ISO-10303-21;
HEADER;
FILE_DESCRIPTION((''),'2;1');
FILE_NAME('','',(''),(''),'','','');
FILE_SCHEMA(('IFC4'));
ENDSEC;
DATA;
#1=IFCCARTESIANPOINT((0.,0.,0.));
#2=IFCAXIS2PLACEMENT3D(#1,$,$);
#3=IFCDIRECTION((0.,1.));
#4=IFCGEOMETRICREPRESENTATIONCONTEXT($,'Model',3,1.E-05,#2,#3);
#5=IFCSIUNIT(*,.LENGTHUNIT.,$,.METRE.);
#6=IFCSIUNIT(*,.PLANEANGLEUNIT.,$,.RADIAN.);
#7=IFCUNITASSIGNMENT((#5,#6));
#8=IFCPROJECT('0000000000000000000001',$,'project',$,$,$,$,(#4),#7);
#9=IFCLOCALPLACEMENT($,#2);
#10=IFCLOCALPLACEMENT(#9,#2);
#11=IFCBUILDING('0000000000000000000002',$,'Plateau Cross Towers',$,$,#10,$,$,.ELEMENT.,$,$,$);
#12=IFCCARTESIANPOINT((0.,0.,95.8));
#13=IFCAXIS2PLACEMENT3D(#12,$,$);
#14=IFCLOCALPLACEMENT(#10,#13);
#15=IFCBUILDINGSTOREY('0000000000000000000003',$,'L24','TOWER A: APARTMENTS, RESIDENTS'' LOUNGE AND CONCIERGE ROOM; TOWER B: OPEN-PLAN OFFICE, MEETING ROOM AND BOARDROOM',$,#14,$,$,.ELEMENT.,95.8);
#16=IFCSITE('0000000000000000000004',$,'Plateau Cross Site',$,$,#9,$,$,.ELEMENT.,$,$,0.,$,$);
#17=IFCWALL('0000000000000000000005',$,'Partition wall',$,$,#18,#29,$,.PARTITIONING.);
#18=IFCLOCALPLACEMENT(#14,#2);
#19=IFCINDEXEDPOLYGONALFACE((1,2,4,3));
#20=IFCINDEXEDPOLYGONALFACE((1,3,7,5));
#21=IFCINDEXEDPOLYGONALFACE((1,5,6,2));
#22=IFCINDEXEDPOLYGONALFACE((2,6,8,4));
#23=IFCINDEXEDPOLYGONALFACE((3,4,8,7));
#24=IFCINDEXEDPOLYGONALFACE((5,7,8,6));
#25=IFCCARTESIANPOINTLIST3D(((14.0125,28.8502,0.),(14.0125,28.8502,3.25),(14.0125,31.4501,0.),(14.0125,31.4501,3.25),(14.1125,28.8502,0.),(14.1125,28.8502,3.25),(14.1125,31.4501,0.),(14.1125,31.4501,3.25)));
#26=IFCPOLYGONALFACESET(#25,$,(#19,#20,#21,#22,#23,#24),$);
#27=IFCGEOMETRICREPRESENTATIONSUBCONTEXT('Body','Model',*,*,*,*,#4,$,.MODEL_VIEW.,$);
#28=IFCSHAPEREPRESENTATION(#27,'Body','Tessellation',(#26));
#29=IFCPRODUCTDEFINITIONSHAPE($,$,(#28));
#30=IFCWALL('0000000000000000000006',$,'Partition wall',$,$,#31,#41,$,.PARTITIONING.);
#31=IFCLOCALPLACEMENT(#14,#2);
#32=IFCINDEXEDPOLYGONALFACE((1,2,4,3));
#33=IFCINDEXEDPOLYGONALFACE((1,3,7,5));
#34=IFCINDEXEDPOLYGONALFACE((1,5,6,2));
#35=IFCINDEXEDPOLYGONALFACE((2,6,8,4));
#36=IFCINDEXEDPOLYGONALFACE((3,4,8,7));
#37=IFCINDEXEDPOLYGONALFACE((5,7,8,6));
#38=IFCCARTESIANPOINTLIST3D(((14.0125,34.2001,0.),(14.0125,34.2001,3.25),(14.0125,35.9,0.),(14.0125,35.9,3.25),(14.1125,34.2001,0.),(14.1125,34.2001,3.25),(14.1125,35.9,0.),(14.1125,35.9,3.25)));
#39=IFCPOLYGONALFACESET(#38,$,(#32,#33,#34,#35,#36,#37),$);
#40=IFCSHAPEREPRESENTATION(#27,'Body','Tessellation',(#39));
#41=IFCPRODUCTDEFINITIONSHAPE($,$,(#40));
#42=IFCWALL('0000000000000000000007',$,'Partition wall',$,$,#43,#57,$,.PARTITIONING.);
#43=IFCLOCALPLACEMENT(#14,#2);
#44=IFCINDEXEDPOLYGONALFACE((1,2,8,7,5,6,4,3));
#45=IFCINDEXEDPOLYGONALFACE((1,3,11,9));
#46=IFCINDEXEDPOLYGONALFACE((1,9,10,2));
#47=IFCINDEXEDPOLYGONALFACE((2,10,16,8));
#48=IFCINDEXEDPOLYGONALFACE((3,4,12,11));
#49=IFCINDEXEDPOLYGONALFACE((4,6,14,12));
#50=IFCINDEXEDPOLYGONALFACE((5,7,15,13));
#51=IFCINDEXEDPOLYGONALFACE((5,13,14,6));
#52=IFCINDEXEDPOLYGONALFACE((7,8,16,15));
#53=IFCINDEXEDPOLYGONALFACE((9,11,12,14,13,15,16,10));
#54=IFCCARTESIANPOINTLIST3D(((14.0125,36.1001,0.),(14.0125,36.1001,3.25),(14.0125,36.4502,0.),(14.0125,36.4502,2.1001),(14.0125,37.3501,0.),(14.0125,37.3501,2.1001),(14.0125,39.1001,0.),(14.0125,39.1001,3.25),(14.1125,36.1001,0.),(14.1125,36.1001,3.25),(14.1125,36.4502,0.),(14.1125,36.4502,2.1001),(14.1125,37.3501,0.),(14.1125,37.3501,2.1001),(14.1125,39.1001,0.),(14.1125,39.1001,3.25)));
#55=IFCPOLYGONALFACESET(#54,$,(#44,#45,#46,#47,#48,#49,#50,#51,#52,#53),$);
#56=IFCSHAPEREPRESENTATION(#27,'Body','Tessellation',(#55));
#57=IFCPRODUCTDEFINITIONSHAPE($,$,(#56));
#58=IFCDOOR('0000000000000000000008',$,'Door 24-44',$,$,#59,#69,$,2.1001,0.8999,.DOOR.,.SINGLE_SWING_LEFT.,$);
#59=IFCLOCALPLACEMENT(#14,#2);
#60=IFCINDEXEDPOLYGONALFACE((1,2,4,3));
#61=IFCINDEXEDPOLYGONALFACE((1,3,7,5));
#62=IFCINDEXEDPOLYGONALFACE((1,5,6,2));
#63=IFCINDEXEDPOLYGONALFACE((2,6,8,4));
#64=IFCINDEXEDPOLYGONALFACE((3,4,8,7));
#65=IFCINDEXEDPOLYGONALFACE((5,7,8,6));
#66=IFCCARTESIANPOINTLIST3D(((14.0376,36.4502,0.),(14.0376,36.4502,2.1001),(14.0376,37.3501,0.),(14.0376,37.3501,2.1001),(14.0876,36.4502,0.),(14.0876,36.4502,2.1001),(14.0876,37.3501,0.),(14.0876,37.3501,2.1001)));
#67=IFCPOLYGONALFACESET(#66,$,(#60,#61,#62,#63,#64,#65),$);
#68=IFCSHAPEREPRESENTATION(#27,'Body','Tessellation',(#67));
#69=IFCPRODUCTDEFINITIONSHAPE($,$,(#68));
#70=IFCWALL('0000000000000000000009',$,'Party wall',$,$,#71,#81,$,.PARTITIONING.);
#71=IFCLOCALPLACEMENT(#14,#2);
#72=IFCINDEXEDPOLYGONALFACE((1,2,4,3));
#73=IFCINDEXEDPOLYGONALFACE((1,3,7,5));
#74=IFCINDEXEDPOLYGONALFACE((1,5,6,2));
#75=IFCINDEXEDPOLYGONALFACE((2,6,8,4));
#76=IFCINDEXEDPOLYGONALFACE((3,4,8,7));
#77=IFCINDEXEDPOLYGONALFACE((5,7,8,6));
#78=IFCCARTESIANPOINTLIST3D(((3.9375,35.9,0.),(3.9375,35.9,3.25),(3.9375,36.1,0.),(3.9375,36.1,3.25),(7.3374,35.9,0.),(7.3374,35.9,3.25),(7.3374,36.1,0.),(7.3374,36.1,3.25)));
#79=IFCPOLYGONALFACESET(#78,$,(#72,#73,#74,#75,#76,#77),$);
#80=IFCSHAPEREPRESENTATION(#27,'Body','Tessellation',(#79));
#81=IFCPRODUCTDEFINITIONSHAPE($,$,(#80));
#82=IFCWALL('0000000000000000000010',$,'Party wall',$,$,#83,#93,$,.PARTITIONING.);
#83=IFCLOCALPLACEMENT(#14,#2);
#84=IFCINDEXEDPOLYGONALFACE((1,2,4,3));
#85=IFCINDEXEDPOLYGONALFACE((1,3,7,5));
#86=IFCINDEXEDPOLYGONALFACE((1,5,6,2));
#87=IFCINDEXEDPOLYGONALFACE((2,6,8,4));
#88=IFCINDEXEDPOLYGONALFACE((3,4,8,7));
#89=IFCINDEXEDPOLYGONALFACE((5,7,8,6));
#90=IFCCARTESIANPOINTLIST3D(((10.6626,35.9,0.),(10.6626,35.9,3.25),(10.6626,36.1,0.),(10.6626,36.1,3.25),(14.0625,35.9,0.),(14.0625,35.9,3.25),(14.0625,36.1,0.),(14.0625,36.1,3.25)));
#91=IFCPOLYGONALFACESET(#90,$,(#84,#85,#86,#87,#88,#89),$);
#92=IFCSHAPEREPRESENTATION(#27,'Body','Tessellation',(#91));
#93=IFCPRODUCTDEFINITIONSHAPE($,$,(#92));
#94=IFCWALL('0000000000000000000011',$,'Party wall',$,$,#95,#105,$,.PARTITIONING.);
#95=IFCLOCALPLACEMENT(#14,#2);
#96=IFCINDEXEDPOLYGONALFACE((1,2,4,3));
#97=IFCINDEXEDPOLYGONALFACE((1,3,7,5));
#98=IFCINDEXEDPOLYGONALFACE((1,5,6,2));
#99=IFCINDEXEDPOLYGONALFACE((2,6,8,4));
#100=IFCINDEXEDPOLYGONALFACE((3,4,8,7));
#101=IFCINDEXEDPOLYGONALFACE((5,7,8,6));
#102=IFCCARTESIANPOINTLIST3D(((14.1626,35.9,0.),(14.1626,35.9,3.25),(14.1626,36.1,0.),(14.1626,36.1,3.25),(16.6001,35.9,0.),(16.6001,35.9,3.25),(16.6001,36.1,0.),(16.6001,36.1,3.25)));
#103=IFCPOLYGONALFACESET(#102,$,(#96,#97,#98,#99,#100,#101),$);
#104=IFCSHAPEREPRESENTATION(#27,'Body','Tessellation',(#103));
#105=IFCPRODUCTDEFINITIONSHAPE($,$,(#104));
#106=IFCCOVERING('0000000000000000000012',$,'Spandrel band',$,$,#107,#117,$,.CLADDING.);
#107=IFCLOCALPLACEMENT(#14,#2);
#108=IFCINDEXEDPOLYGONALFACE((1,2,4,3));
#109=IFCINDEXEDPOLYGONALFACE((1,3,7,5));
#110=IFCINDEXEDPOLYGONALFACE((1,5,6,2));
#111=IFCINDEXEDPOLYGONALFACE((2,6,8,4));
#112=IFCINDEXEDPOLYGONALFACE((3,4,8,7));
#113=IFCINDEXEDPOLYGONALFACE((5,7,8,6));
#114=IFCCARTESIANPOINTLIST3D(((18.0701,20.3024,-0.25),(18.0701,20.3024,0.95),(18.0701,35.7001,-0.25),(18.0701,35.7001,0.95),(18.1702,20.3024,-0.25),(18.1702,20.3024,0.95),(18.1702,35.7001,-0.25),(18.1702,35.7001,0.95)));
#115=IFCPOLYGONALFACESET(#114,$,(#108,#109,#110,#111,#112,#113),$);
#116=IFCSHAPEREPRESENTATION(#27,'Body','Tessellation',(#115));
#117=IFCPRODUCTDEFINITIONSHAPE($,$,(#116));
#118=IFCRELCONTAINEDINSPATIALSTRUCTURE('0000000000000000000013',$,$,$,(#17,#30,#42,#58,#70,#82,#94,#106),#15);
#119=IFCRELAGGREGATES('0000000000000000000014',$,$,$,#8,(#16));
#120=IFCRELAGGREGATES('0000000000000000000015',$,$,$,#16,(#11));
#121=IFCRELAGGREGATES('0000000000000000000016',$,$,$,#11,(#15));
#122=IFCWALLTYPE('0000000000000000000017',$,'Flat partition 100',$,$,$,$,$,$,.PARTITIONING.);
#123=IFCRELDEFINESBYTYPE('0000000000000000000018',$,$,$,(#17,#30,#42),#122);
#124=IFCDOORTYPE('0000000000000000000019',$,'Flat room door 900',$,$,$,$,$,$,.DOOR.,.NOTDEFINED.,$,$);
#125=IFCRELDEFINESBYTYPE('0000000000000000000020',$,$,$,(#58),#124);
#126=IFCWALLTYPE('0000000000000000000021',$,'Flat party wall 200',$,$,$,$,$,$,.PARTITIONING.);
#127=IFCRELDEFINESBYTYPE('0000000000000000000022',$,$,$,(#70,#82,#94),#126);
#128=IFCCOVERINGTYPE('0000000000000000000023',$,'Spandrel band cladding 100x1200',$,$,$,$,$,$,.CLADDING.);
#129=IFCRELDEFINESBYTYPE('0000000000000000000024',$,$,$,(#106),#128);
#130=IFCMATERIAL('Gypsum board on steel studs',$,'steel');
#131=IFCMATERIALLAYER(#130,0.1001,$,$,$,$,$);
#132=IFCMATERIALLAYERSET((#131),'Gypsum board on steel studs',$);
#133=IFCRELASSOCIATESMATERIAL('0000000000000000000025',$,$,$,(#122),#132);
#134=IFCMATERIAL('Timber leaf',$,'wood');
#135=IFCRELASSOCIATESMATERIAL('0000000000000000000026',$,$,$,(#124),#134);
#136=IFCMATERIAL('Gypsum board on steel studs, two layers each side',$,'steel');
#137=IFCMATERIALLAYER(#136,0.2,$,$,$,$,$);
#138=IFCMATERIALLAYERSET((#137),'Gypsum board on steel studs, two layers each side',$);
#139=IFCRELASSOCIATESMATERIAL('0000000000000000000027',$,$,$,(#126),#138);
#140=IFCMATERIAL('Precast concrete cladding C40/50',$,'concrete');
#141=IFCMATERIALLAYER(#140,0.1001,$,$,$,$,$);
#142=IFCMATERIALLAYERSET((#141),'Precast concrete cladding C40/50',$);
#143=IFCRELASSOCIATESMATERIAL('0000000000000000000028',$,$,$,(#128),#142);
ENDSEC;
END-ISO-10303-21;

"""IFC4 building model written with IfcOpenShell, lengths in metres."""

from ifc_helpers import new_model, si_unit, direction, frame, frame_2d, origin, origin_2d, place, context, subcontext, project, spatial, rectangle, extrude, material, layer, layer_set, type_object, element, fill, save


model = new_model("IFC4")

# Units and contexts
model_context = context("Model", 3, precision=1e-05, world=origin(), true_north=direction((0.0, 1.0)))
body_context = subcontext(model_context, "Body", "Model", "MODEL_VIEW")
ifc_project = project(units=[si_unit("LENGTHUNIT", "METRE"), si_unit("PLANEANGLEUNIT", "RADIAN")], contexts=[model_context])

# Site, building, storey
site_placement = place(None, origin())
site = spatial("IfcSite", under=ifc_project, at=site_placement, Name="Plateau Cross Site", CompositionType="ELEMENT", RefElevation=0.0)
building_placement = place(site_placement, origin())
building = spatial("IfcBuilding", under=site, at=building_placement, Name="Plateau Cross Towers", CompositionType="ELEMENT")
storey_placement = place(building_placement, frame((0.0, 0.0, 95.8)))
storey = spatial("IfcBuildingStorey", under=building, at=storey_placement, Name="L24", Description="TOWER A: APARTMENTS, RESIDENTS' LOUNGE AND CONCIERGE ROOM; TOWER B: OPEN-PLAN OFFICE, MEETING ROOM AND BOARDROOM", CompositionType="ELEMENT", Elevation=95.8)

# Shared definitions
ifc_material_1 = material(Name="Gypsum board on steel studs", Category="steel")
ifc_layer_1 = layer(ifc_material_1, 0.1001)
ifc_layer_set_1 = layer_set([ifc_layer_1], Name="Gypsum board on steel studs")
wall_type_1 = type_object("IfcWallType", Name="Flat partition 100", PredefinedType="PARTITIONING", material=ifc_layer_set_1)
ifc_material_2 = material(Name="Timber leaf", Category="wood")
door_type_1 = type_object("IfcDoorType", Name="Flat room door 900", OperationType="NOTDEFINED", PredefinedType="DOOR", material=ifc_material_2)

# Walls
wall_1_placement = place(storey_placement, frame((14.0625, 31.45, 0.0), z_axis=(0.0, 0.0, 1.0), x_axis=(0.0, -1.0, 0.0)))
element("IfcWall", 1, at=wall_1_placement, inside=storey, type_object=wall_type_1, Name="Partition wall", PredefinedType="PARTITIONING", context=body_context, shape_type="SweptSolid", body=[
    extrude(rectangle(XDim=2.5999, YDim=0.1001, at=frame_2d((1.2998, 0.0))), origin(), (0.0, 0.0, 1.0), 3.25),
])
wall_2_placement = place(storey_placement, frame((14.0625, 34.2, 0.0), z_axis=(0.0, 0.0, 1.0), x_axis=(0.0, 1.0, 0.0)))
element("IfcWall", 2, at=wall_2_placement, inside=storey, type_object=wall_type_1, Name="Partition wall", PredefinedType="PARTITIONING", context=body_context, shape_type="SweptSolid", body=[
    extrude(rectangle(XDim=1.7, YDim=0.1001, at=frame_2d((0.8501, 0.0))), origin(), (0.0, 0.0, 1.0), 3.25),
])

# Wall, opening, door
wall_3_placement = place(storey_placement, frame((14.0625, 36.1001, 0.0), z_axis=(0.0, 0.0, 1.0), x_axis=(0.0, 1.0, 0.0)))
wall_3 = element("IfcWall", 3, at=wall_3_placement, inside=storey, type_object=wall_type_1, Name="Partition wall", PredefinedType="PARTITIONING", context=body_context, shape_type="SweptSolid", body=[
    extrude(rectangle(XDim=3.0, YDim=0.1001, at=frame_2d((1.5, 0.0))), origin(), (0.0, 0.0, 1.0), 3.25),
])
opening_1_placement = place(wall_3_placement, frame((0.3501, 0.0, 0.0)))
opening_1 = element("IfcOpeningElement", 4, at=opening_1_placement, cuts=wall_3, PredefinedType="OPENING", context=body_context, shape_type="SweptSolid", body=[
    extrude(rectangle(XDim=0.8999, YDim=2.1001, at=frame_2d((0.45, 1.05))), frame((0.0, 0.0601, 0.0), z_axis=(0.0, -1.0, 0.0), x_axis=(1.0, 0.0, 0.0)), (0.0, 0.0, 1.0), 0.1201),
])
door_1_placement = place(opening_1_placement, origin())
door_1 = element("IfcDoor", 5, at=door_1_placement, inside=storey, type_object=door_type_1, Name="Door 24-44", OperationType="SINGLE_SWING_LEFT", OverallHeight=2.1001, OverallWidth=0.8999, PredefinedType="DOOR", context=body_context, shape_type="SweptSolid", body=[
    extrude(rectangle(XDim=0.8999, YDim=2.1001, at=frame_2d((0.45, 1.05))), frame((0.0, 0.0249, 0.0), z_axis=(0.0, -1.0, 0.0), x_axis=(1.0, 0.0, 0.0)), (0.0, 0.0, 1.0), 0.05),
])
fill(opening_1, door_1)

# Walls
ifc_material_3 = material(Name="Gypsum board on steel studs, two layers each side", Category="steel")
ifc_layer_2 = layer(ifc_material_3, 0.2)
ifc_layer_set_2 = layer_set([ifc_layer_2], Name="Gypsum board on steel studs, two layers each side")
wall_type_2 = type_object("IfcWallType", Name="Flat party wall 200", PredefinedType="PARTITIONING", material=ifc_layer_set_2)
for number, where, z_axis, x_axis, name in (
    (6, (7.3374, 36.0, 0.0), (0.0, 0.0, 1.0), (-1.0, 0.0, 0.0), "Party wall"),
    (7, (14.0625, 36.0, 0.0), (0.0, 0.0, 1.0), (-1.0, 0.0, 0.0), "Party wall"),
):
    element("IfcWall", number, at=place(storey_placement, frame(where, z_axis=z_axis, x_axis=x_axis)), inside=storey, type_object=wall_type_2, Name=name, PredefinedType="PARTITIONING", context=body_context, shape_type="SweptSolid", body=[
        extrude(rectangle(XDim=3.3999, YDim=0.2, at=frame_2d((1.7, 0.0))), origin(), (0.0, 0.0, 1.0), 3.25),
    ])
wall_4_placement = place(storey_placement, frame((14.1626, 36.0, 0.0), z_axis=(0.0, 0.0, 1.0), x_axis=(1.0, 0.0, 0.0)))
element("IfcWall", 8, at=wall_4_placement, inside=storey, type_object=wall_type_2, Name="Party wall", PredefinedType="PARTITIONING", context=body_context, shape_type="SweptSolid", body=[
    extrude(rectangle(XDim=2.4375, YDim=0.2, at=frame_2d((1.2188, 0.0))), origin(), (0.0, 0.0, 1.0), 3.25),
])

# Covering
ifc_material_4 = material(Name="Precast concrete cladding C40/50", Category="concrete")
ifc_layer_3 = layer(ifc_material_4, 0.1001)
ifc_layer_set_3 = layer_set([ifc_layer_3], Name="Precast concrete cladding C40/50")
covering_type = type_object("IfcCoveringType", Name="Spandrel band cladding 100x1200", PredefinedType="CLADDING", material=ifc_layer_set_3)
covering_placement = place(storey_placement, frame((18.1201, 28.0012, -0.25), z_axis=(0.0, 0.0, 1.0), x_axis=(0.0, 1.0, 0.0)))
element("IfcCovering", 9, at=covering_placement, inside=storey, type_object=covering_type, Name="Spandrel band", PredefinedType="CLADDING", context=body_context, shape_type="SweptSolid", body=[
    extrude(rectangle(XDim=15.3977, YDim=0.1001, at=origin_2d()), origin(), (0.0, 0.0, 1.0), 1.2),
])

save(model, "model.ifc")
